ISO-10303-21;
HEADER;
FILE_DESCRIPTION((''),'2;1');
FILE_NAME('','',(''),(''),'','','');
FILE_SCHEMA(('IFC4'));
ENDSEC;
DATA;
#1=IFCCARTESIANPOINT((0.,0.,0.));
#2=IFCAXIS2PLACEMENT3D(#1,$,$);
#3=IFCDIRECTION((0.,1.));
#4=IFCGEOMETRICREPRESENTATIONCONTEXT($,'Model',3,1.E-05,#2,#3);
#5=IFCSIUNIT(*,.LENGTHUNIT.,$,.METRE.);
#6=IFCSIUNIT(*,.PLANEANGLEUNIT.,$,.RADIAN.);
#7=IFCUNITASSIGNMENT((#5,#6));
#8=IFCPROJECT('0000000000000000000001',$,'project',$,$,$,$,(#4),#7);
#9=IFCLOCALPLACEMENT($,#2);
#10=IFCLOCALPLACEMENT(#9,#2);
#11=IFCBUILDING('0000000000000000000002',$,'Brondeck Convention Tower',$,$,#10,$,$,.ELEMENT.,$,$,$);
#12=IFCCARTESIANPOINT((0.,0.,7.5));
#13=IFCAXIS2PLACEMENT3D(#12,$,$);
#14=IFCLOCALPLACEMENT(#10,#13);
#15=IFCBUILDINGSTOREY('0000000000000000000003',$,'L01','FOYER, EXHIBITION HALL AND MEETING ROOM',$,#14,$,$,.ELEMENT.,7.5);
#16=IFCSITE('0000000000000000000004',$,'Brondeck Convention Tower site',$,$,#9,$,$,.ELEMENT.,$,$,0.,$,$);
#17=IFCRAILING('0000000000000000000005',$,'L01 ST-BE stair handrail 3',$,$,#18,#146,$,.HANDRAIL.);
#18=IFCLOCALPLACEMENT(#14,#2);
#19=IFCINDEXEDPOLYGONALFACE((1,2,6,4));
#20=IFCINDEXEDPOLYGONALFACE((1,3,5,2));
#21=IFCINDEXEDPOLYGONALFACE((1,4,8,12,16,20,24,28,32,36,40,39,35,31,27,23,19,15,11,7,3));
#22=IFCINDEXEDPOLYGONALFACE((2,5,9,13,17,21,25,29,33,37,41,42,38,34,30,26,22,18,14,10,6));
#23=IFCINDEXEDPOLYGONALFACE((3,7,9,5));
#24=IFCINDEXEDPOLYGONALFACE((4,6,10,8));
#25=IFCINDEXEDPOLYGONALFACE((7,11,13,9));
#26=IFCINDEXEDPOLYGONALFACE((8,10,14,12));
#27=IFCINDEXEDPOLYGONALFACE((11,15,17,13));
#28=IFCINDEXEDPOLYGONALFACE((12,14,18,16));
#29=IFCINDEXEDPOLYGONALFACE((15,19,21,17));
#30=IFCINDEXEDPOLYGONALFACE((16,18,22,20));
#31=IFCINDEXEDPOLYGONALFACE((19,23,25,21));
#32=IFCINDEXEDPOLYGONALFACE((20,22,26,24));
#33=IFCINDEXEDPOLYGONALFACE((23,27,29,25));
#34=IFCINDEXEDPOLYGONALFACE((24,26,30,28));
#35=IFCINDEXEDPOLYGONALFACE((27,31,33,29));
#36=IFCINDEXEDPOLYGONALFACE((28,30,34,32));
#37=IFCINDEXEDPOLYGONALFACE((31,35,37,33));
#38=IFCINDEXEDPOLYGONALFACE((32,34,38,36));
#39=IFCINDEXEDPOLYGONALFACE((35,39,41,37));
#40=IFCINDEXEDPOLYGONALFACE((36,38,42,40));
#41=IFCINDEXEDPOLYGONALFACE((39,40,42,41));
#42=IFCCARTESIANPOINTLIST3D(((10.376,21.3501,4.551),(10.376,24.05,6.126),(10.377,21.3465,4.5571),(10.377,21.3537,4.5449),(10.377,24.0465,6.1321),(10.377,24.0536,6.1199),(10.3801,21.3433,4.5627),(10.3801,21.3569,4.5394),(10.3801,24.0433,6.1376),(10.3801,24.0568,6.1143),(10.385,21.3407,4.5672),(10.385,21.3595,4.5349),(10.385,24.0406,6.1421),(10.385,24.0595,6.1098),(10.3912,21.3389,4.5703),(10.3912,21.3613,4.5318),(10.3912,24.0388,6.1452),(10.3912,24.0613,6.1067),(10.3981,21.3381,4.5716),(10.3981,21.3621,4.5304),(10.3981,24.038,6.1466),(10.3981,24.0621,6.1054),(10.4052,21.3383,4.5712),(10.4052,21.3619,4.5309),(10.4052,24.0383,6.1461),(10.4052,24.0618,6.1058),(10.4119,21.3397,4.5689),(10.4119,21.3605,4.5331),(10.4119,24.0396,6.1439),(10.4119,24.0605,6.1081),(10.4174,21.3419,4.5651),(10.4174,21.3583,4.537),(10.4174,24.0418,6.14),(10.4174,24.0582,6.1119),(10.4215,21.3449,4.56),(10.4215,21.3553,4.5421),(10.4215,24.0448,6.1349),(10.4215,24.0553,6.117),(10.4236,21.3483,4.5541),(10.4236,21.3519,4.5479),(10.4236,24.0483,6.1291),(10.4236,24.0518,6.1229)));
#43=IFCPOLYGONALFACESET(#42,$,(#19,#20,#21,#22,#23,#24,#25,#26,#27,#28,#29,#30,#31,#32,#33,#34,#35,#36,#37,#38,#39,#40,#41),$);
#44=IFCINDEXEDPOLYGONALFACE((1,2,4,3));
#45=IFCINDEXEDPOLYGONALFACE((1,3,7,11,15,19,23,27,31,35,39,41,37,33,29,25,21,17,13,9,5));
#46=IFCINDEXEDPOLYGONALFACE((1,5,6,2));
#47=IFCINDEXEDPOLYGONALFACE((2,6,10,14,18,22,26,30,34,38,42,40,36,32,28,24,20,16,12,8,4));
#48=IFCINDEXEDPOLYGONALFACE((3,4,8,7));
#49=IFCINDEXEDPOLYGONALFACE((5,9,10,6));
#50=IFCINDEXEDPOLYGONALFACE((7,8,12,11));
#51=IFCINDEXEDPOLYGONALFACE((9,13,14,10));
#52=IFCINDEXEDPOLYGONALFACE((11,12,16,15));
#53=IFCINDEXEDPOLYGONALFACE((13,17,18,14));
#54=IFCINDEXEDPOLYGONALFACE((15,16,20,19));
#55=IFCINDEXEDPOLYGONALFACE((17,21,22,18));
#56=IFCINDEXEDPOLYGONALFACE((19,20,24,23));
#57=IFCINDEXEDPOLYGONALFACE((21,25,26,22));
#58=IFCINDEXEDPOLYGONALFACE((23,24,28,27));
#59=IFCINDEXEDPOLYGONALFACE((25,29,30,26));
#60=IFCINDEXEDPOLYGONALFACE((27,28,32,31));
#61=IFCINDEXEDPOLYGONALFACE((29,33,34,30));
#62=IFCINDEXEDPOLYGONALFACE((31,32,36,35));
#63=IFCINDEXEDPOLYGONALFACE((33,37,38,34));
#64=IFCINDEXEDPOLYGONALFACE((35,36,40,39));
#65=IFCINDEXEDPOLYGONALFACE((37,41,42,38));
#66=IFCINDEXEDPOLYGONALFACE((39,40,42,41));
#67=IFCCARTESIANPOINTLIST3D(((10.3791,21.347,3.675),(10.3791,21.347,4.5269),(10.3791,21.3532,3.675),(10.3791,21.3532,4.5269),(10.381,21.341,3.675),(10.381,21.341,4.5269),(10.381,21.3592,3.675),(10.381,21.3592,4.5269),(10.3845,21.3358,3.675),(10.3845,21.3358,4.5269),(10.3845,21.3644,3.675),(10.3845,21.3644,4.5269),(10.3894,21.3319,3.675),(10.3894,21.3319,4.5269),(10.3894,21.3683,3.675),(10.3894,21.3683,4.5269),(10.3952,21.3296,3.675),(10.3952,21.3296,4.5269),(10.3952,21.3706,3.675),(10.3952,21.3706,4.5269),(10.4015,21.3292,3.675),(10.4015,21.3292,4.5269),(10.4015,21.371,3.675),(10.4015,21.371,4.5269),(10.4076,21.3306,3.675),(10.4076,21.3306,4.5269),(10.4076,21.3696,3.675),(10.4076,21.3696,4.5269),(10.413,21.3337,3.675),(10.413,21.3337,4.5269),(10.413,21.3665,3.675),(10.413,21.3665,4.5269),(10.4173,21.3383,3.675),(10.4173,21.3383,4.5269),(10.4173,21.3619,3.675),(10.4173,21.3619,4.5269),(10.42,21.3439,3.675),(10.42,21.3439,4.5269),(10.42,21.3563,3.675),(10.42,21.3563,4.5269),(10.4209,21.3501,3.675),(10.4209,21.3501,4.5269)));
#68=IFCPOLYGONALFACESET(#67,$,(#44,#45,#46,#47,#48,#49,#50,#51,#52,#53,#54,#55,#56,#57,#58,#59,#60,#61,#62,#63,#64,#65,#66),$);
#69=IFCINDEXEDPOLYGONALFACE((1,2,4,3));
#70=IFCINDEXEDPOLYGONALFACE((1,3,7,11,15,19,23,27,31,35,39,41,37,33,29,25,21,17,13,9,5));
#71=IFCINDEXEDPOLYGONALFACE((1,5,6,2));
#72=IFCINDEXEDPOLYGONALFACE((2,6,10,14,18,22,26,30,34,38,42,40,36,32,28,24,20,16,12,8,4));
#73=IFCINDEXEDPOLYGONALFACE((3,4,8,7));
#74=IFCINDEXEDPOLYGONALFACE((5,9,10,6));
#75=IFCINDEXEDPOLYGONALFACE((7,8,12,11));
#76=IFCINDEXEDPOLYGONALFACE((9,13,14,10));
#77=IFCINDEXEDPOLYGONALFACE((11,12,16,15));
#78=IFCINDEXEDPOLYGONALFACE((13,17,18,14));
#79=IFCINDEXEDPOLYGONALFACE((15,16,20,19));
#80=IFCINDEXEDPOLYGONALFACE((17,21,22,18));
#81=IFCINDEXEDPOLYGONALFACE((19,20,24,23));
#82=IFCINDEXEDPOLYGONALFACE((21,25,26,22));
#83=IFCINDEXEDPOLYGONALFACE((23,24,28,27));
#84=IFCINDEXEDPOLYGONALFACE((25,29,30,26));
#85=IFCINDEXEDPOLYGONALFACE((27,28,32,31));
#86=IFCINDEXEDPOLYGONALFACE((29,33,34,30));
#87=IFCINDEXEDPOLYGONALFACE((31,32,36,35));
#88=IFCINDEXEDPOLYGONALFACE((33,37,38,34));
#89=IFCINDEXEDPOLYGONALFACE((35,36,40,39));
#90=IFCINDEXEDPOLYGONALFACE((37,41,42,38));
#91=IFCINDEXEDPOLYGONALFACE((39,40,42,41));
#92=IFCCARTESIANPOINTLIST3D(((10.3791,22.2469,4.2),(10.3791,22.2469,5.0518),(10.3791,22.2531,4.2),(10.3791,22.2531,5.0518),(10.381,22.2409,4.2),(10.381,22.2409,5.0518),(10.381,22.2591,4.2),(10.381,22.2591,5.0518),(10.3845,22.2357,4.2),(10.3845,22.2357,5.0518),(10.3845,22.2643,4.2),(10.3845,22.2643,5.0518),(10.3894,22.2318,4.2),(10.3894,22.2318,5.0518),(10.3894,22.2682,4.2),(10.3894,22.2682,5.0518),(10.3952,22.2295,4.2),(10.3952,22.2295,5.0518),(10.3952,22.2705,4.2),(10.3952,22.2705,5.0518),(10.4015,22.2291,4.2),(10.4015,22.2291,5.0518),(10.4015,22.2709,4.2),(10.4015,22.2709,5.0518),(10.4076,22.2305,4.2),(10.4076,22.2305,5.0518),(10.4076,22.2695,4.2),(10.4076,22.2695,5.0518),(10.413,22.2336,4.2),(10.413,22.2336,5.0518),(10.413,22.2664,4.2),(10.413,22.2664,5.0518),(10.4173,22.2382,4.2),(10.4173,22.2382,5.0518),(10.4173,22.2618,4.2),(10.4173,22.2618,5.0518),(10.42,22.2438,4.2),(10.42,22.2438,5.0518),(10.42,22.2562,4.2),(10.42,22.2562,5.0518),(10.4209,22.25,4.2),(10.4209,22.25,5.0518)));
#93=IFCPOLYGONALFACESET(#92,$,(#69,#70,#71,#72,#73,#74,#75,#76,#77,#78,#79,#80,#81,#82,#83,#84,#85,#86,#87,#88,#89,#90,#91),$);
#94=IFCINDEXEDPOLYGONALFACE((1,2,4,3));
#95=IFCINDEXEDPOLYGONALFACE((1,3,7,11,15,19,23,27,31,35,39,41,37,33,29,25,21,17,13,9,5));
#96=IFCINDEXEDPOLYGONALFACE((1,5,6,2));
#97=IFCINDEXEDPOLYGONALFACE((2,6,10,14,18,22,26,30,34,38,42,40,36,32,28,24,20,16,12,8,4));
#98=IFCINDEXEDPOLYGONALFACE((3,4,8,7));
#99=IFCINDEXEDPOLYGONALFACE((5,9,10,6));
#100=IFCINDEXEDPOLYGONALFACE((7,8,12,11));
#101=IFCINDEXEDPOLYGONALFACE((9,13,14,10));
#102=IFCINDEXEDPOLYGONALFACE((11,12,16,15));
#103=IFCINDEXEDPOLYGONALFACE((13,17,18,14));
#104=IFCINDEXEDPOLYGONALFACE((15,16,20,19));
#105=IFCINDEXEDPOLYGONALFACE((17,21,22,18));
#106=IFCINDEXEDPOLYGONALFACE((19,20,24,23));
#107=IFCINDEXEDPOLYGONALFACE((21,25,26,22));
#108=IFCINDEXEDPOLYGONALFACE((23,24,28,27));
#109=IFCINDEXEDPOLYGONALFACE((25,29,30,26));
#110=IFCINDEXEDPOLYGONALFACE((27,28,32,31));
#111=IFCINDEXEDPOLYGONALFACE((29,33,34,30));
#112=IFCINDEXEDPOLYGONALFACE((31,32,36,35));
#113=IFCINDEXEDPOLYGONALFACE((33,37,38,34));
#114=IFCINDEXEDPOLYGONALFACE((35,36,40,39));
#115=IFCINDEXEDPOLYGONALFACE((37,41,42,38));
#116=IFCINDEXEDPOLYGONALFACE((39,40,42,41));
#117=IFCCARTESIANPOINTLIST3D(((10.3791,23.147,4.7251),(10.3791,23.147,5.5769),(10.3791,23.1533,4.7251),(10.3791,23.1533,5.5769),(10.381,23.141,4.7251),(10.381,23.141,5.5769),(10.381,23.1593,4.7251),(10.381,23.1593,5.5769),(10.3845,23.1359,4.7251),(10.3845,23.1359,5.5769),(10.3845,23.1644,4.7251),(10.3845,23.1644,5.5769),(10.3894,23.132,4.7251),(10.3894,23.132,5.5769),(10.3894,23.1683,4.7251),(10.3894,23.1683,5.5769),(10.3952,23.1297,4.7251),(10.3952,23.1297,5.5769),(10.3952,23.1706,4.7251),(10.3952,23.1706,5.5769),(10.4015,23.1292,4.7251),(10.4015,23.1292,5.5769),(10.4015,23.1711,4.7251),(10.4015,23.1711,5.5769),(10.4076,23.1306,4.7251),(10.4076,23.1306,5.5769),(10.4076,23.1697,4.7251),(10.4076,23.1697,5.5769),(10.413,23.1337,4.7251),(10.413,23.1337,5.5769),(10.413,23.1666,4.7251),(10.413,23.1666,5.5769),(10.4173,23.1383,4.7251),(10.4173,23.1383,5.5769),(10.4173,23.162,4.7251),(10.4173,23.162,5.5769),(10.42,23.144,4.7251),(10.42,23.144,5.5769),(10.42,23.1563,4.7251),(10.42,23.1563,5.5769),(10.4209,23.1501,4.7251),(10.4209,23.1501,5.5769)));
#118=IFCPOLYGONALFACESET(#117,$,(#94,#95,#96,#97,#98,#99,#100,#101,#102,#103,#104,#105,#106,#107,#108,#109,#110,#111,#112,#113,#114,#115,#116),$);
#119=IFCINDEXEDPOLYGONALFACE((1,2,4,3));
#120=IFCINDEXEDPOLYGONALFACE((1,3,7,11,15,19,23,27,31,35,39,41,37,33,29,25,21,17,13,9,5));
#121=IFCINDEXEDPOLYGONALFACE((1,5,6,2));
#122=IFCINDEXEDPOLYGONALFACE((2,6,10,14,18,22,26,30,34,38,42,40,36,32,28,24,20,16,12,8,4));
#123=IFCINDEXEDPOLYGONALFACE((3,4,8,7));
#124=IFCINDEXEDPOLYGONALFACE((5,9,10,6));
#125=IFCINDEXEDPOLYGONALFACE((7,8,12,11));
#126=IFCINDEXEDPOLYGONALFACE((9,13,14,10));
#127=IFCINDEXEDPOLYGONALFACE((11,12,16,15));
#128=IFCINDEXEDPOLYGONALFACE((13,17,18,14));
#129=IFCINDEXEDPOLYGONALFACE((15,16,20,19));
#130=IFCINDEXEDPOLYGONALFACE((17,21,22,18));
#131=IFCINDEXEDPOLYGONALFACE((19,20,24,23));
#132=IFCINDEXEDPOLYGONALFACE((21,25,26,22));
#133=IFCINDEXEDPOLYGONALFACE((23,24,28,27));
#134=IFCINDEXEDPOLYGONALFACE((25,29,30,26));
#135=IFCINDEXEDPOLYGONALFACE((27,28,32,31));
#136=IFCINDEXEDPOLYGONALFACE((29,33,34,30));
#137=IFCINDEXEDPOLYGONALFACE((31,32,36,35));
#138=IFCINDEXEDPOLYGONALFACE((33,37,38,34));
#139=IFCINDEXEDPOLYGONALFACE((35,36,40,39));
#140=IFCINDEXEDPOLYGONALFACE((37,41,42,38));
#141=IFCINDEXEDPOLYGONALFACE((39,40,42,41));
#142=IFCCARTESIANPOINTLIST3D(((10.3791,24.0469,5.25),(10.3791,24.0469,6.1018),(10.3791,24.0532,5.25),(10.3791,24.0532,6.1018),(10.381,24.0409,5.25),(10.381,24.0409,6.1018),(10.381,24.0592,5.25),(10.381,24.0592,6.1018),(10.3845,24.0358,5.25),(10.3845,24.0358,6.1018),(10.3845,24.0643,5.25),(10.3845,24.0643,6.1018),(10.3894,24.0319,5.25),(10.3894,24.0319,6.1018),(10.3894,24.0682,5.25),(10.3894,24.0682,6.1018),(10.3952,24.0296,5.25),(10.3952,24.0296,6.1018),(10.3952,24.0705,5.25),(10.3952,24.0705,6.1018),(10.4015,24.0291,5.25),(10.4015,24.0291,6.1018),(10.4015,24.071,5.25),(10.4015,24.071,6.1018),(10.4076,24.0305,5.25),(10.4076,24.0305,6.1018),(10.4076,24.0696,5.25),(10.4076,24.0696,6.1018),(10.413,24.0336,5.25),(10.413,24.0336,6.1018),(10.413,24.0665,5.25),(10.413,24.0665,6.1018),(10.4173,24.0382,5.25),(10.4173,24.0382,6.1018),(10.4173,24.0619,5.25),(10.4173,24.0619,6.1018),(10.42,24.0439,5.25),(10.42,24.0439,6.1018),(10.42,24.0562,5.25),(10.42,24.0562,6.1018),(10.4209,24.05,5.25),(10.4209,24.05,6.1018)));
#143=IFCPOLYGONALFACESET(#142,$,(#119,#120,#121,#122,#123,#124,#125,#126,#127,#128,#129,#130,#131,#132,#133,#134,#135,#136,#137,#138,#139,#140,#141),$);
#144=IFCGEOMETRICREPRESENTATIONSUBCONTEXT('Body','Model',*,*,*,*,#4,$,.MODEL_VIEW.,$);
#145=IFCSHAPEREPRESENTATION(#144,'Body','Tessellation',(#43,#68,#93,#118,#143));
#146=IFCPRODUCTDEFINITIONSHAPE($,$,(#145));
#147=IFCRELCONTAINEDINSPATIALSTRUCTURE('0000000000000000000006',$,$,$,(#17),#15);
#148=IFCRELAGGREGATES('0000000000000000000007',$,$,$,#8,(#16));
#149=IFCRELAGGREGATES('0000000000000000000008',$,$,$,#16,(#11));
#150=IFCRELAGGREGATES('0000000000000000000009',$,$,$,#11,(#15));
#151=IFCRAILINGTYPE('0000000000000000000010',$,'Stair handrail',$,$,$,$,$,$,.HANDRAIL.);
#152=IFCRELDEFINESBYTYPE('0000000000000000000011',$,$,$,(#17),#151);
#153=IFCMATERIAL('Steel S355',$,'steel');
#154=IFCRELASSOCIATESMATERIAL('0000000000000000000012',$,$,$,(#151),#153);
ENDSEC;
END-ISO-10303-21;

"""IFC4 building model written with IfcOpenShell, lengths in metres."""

from ifc_helpers import new_model, si_unit, direction, frame, origin, origin_2d, place, context, subcontext, project, spatial, circle, extrude, material, type_object, element, save


model = new_model("IFC4")

# Units and contexts
model_context = context("Model", 3, precision=1e-05, world=origin(), true_north=direction((0.0, 1.0)))
body_context = subcontext(model_context, "Body", "Model", "MODEL_VIEW")
ifc_project = project(units=[si_unit("LENGTHUNIT", "METRE"), si_unit("PLANEANGLEUNIT", "RADIAN")], contexts=[model_context])

# Site, building, storey
site_placement = place(None, origin())
site = spatial("IfcSite", under=ifc_project, at=site_placement, Name="Brondeck Convention Tower site", CompositionType="ELEMENT", RefElevation=0.0)
building_placement = place(site_placement, origin())
building = spatial("IfcBuilding", under=site, at=building_placement, Name="Brondeck Convention Tower", CompositionType="ELEMENT")
storey_placement = place(building_placement, frame((0.0, 0.0, 7.5)))
storey = spatial("IfcBuildingStorey", under=building, at=storey_placement, Name="L01", Description="FOYER, EXHIBITION HALL AND MEETING ROOM", CompositionType="ELEMENT", Elevation=7.5)

# Shared definitions
ifc_material_1 = material(Name="Steel S355", Category="steel")

# Railing
railing_type_1 = type_object("IfcRailingType", Name="Stair handrail", PredefinedType="HANDRAIL", material=ifc_material_1)
railing_1_placement = place(storey_placement, frame((10.3999, 21.3501, 3.675)))
element("IfcRailing", 1, at=railing_1_placement, inside=storey, type_object=railing_type_1, Name="L01 ST-BE stair handrail 3", PredefinedType="HANDRAIL", context=body_context, shape_type="SweptSolid", body=[
    extrude(circle(Radius=0.0239, at=origin_2d()), frame((0.0, 0.0, 0.876), z_axis=(0.0, 0.863782, 0.503866), x_axis=(-1.0, 0.0, 0.0)), (0.0, 0.0, 1.0), 3.1257),
    extrude(circle(Radius=0.021, at=origin_2d()), origin(), (0.0, 0.0, 1.0), 0.8518),
    extrude(circle(Radius=0.021, at=origin_2d()), frame((0.0, 0.8999, 0.5249)), (0.0, 0.0, 1.0), 0.8518),
    extrude(circle(Radius=0.021, at=origin_2d()), frame((0.0, 1.8, 1.05)), (0.0, 0.0, 1.0), 0.8518),
    extrude(circle(Radius=0.021, at=origin_2d()), frame((0.0, 2.7, 1.575)), (0.0, 0.0, 1.0), 0.8518),
])

save(model, "model.ifc")
